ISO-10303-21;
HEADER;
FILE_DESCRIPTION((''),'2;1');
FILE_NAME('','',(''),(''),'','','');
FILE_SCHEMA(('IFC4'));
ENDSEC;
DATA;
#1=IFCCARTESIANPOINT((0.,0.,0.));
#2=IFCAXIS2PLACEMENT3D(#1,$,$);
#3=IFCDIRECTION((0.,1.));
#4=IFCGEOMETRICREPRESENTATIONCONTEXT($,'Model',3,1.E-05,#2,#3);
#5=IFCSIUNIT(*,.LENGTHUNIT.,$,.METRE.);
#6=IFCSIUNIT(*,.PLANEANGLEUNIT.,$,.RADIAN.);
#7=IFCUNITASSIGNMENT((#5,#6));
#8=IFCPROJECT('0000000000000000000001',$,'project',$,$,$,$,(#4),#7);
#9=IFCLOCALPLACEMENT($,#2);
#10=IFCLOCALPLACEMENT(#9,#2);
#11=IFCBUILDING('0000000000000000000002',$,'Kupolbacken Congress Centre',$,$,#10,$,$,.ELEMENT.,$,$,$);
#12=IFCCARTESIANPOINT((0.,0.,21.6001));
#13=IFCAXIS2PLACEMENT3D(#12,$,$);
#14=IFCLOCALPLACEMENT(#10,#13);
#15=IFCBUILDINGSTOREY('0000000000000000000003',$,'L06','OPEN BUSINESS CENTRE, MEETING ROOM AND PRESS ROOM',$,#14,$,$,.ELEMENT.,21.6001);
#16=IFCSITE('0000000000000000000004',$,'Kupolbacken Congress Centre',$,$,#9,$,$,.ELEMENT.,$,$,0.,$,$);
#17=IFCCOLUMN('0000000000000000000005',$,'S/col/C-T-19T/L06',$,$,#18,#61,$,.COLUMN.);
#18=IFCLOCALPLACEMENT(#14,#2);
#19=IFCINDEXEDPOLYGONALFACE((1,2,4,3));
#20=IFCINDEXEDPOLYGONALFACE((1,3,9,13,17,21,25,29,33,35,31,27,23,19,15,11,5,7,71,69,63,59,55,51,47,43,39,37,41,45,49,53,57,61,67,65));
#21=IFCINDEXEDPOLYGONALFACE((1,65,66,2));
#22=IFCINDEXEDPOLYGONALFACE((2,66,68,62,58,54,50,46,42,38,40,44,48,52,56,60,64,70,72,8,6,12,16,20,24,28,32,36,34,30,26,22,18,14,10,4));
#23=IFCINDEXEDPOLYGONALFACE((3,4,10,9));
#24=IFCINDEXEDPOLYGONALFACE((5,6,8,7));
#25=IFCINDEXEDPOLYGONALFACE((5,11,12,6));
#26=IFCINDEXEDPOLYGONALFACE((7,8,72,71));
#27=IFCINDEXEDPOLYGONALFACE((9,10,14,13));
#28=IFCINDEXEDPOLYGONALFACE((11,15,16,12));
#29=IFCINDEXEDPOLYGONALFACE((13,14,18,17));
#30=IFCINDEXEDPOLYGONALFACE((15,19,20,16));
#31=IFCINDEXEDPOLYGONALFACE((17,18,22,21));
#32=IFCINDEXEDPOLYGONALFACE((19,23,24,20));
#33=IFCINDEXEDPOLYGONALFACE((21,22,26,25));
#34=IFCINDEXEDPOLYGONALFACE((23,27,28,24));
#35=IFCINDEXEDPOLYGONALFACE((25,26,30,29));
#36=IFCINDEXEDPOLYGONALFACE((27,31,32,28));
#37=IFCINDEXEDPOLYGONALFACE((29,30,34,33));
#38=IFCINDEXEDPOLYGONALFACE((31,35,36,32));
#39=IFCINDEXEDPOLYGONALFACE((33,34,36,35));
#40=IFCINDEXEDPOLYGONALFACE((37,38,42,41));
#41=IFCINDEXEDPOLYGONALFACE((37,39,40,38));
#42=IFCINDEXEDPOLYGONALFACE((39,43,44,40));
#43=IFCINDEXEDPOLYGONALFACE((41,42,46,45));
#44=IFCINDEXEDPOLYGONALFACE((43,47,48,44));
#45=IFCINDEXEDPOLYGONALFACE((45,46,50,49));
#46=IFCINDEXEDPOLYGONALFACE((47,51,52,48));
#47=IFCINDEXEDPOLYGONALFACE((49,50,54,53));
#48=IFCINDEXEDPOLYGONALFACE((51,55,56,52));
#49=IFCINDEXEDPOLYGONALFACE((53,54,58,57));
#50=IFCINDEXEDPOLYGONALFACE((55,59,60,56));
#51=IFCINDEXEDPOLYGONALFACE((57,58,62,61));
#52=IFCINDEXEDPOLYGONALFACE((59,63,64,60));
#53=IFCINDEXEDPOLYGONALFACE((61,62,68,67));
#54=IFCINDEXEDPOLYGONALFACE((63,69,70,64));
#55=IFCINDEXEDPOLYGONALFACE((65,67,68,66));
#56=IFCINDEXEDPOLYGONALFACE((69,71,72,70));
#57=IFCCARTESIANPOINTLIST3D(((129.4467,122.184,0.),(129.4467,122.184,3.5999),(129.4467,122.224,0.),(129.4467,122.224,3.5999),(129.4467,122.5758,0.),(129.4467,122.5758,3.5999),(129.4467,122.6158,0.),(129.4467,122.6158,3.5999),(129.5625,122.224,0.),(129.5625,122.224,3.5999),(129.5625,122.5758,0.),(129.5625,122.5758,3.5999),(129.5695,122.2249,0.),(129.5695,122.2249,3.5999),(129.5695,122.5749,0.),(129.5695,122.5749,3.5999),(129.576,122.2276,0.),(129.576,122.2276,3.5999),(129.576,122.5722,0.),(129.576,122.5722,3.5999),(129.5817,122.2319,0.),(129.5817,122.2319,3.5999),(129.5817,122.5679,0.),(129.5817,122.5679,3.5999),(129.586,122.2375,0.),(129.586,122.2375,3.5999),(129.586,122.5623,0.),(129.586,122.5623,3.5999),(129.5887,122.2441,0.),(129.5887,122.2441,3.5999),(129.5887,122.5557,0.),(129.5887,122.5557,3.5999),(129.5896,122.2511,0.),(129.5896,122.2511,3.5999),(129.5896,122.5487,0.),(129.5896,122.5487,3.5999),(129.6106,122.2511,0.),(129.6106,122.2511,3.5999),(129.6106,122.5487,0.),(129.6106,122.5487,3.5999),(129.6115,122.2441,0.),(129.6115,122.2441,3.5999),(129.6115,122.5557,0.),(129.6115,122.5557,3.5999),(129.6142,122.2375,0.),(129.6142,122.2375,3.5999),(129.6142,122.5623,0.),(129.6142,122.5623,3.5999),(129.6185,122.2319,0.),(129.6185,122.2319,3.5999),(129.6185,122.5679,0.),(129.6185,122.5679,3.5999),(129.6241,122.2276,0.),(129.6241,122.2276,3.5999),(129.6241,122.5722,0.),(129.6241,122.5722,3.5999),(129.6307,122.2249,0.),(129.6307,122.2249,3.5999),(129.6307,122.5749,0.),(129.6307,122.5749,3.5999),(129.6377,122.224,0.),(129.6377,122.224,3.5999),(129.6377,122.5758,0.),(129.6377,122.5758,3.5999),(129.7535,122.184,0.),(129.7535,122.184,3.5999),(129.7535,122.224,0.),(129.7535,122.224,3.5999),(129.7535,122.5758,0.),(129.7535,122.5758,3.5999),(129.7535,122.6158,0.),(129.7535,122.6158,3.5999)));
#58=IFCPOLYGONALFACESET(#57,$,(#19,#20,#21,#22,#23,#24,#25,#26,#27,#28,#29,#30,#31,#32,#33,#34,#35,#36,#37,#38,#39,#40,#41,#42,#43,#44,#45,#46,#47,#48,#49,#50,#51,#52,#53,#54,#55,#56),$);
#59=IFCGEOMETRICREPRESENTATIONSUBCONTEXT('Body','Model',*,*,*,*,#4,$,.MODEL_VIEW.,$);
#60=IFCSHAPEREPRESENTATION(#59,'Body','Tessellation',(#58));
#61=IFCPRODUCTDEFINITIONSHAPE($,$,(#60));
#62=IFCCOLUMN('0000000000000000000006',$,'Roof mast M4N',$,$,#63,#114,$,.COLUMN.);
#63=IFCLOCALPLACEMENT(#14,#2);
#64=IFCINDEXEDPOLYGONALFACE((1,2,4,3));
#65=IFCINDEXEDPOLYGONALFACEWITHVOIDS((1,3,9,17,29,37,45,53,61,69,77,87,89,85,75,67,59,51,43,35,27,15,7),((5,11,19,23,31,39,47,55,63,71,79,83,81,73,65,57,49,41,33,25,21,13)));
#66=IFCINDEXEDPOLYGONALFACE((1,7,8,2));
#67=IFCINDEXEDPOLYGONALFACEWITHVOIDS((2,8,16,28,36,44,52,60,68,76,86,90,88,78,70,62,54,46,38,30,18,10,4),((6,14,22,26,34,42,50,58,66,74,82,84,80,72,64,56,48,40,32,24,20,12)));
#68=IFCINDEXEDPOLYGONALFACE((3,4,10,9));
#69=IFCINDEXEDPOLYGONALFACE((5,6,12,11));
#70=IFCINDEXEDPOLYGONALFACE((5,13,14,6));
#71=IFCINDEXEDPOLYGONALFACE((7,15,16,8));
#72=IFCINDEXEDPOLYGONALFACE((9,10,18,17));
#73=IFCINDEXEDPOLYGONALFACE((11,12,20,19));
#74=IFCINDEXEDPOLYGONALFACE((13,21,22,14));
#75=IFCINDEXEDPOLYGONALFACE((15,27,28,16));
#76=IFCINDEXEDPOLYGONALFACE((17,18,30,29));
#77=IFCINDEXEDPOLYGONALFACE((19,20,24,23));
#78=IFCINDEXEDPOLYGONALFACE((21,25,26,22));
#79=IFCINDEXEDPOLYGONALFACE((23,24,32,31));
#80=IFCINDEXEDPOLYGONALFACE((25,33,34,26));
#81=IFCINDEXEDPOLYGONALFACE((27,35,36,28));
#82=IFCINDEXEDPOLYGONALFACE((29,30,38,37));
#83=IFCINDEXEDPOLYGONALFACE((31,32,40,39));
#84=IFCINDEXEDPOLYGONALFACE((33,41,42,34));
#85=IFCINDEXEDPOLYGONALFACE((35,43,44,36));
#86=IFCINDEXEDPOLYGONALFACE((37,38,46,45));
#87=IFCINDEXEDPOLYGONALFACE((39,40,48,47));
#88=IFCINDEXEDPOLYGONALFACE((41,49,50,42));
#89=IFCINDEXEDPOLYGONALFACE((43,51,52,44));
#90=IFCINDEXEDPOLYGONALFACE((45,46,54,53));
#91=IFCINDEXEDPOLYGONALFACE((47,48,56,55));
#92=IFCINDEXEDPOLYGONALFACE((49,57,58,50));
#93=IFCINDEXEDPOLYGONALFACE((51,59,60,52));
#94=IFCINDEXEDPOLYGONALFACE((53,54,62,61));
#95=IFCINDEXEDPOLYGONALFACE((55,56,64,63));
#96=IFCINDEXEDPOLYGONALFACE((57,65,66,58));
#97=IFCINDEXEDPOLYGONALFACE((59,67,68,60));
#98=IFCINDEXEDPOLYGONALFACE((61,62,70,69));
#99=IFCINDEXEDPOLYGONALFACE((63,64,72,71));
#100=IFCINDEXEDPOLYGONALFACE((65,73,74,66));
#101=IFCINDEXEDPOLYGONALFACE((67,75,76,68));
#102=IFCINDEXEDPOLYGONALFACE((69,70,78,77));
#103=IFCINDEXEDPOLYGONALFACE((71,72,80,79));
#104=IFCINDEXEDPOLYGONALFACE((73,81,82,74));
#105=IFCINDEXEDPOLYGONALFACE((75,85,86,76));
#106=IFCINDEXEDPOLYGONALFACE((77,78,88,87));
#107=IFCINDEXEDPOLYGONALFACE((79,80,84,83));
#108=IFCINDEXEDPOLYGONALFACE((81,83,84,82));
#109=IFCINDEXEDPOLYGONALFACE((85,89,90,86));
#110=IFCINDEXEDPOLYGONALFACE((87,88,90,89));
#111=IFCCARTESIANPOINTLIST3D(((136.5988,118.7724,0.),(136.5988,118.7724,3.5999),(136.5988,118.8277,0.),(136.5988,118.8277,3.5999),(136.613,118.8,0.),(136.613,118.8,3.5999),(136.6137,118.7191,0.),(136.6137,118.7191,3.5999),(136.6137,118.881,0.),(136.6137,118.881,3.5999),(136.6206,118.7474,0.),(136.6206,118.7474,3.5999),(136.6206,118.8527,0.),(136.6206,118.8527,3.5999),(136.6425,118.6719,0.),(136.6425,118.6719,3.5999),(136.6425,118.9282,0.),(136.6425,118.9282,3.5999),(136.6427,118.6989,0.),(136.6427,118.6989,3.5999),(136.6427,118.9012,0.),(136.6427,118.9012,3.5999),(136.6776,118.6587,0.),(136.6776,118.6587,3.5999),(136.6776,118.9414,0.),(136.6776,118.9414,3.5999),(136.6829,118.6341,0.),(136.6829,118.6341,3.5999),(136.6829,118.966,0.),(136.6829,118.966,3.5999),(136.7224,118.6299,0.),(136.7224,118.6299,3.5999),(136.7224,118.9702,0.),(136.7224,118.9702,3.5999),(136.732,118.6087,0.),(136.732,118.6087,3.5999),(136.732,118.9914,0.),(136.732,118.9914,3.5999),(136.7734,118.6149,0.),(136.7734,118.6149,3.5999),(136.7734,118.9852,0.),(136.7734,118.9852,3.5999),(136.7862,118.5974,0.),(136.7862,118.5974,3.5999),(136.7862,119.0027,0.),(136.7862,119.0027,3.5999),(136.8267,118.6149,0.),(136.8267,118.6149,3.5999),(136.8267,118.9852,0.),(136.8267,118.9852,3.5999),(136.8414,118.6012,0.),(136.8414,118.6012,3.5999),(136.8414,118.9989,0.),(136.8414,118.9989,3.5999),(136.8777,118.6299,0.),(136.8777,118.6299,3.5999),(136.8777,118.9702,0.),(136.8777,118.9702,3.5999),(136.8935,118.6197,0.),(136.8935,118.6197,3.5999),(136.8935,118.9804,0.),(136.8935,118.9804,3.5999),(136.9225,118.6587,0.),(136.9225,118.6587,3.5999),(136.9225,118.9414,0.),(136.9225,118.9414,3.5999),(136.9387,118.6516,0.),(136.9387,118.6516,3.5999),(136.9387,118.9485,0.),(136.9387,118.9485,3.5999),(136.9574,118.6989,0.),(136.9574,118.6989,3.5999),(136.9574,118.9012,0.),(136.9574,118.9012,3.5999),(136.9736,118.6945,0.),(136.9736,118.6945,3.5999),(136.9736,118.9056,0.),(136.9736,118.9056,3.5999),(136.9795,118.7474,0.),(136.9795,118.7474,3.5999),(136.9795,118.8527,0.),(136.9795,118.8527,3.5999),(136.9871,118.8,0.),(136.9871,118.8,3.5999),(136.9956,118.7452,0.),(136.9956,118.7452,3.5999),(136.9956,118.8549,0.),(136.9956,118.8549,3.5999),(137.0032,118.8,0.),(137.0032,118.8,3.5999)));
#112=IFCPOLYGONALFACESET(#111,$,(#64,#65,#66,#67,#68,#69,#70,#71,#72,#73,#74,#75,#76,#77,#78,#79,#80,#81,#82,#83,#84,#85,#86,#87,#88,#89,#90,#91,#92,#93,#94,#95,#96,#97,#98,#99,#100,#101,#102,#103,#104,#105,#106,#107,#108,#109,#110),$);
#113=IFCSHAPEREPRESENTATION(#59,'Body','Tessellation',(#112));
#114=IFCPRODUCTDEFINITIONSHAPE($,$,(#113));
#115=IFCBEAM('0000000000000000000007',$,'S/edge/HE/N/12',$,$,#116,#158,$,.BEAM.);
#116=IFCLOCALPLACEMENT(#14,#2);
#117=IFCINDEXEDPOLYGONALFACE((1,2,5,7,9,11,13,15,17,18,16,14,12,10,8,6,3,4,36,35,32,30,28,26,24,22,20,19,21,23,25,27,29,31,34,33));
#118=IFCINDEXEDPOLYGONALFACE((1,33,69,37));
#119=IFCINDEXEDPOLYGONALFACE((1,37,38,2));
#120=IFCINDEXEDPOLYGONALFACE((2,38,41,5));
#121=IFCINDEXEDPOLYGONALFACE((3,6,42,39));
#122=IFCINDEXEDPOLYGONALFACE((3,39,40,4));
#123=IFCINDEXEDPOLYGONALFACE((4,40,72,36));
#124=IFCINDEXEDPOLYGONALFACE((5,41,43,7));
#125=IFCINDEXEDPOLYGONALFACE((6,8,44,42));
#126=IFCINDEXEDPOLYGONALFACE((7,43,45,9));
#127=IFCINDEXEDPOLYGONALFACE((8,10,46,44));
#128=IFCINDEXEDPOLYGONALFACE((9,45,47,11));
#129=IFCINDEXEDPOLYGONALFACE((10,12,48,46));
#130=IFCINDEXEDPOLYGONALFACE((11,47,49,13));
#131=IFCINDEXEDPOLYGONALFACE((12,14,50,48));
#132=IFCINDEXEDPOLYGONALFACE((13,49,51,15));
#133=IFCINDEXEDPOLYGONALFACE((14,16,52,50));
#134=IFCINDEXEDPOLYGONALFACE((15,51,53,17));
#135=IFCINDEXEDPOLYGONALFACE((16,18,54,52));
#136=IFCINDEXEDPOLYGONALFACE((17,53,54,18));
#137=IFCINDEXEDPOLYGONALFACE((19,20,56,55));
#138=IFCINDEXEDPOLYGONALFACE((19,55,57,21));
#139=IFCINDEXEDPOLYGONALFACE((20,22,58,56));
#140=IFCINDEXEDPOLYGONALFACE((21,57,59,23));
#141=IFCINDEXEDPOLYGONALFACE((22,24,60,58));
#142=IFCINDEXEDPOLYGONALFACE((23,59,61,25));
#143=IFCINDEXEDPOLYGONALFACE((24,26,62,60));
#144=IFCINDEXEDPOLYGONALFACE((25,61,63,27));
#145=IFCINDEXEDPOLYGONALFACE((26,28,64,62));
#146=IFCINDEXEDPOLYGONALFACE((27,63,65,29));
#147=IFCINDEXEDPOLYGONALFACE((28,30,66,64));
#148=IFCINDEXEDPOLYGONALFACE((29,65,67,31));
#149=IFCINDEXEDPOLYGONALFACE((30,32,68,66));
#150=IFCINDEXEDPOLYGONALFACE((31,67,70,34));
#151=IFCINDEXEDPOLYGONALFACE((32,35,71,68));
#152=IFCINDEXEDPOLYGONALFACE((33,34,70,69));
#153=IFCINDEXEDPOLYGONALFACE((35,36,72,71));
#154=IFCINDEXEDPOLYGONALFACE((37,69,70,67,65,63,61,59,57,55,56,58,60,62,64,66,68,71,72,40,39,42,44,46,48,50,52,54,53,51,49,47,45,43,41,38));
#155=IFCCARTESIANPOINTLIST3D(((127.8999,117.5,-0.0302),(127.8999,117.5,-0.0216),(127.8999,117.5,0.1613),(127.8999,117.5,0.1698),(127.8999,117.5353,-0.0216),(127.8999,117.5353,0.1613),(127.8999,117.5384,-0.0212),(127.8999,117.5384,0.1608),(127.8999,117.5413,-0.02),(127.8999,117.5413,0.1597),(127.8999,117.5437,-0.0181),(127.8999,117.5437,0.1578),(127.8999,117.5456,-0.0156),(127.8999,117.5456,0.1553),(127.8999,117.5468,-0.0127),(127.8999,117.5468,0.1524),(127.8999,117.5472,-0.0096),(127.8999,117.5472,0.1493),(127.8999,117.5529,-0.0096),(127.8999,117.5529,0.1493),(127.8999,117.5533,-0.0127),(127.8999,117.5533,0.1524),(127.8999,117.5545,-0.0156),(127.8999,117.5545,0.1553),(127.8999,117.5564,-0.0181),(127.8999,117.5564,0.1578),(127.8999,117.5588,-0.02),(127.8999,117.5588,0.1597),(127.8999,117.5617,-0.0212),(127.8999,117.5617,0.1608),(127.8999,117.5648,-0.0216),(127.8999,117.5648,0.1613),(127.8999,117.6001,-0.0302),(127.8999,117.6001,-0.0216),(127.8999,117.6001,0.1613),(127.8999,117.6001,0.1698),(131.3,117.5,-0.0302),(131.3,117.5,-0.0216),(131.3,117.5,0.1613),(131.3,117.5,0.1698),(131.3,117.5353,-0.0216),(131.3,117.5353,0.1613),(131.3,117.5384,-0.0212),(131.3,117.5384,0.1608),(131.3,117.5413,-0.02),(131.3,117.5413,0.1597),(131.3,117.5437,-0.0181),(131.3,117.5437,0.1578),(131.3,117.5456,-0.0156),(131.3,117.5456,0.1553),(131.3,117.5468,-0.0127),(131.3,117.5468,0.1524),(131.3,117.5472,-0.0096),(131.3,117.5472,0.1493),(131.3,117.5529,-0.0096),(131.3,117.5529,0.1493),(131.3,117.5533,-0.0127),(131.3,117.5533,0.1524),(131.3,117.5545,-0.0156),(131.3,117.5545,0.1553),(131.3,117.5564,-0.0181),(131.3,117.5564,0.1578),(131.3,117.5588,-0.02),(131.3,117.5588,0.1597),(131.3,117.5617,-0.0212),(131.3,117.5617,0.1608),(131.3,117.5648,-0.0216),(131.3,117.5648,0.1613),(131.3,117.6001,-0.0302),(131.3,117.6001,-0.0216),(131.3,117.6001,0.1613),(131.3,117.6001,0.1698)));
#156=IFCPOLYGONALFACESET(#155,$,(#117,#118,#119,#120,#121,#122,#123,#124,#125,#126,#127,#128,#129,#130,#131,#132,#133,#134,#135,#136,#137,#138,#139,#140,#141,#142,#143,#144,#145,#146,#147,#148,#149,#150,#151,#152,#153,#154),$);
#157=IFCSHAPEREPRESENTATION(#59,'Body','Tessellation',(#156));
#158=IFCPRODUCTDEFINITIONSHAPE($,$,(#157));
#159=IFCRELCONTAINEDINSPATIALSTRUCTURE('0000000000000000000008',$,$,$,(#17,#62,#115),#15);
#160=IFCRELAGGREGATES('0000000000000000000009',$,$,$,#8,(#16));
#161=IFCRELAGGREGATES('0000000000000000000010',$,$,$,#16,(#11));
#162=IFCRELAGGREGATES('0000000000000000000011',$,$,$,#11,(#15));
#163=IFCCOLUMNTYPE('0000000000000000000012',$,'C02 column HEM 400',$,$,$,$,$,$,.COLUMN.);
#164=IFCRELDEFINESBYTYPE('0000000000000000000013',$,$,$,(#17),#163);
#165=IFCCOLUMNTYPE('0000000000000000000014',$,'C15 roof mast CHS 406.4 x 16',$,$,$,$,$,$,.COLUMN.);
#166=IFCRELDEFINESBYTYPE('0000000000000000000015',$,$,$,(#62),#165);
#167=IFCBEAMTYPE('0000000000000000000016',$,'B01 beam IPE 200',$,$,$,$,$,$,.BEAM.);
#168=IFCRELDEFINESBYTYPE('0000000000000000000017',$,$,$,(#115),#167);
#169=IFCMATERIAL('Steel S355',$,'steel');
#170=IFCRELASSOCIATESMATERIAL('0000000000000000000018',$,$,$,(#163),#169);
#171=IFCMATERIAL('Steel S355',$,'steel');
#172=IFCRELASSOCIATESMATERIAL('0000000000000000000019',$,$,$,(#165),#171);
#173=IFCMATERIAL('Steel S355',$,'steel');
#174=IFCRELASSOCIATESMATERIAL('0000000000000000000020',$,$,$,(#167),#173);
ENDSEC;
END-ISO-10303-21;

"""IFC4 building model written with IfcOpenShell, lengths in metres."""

from ifc_helpers import new_model, si_unit, direction, frame, origin, origin_2d, place, context, subcontext, project, spatial, hollow_circle, i_section, extrude, material, material_profile, profile_set, type_object, element, save


model = new_model("IFC4")

# Units and contexts
model_context = context("Model", 3, precision=1e-05, world=origin(), true_north=direction((0.0, 1.0)))
body_context = subcontext(model_context, "Body", "Model", "MODEL_VIEW")
ifc_project = project(units=[si_unit("LENGTHUNIT", "METRE"), si_unit("PLANEANGLEUNIT", "RADIAN")], contexts=[model_context])

# Site, building, storey
site_placement = place(None, origin())
site = spatial("IfcSite", under=ifc_project, at=site_placement, Name="Kupolbacken Congress Centre", CompositionType="ELEMENT", RefElevation=0.0)
building_placement = place(site_placement, origin())
building = spatial("IfcBuilding", under=site, at=building_placement, Name="Kupolbacken Congress Centre", CompositionType="ELEMENT")
storey_placement = place(building_placement, frame((0.0, 0.0, 21.6001)))
storey = spatial("IfcBuildingStorey", under=building, at=storey_placement, Name="L06", Description="OPEN BUSINESS CENTRE, MEETING ROOM AND PRESS ROOM", CompositionType="ELEMENT", Elevation=21.6001)

# Columns
ifc_material_1 = material(Name="Steel S355", Category="steel")
ifc_material_profile_1 = material_profile(ifc_material_1, i_section(OverallWidth=0.3069, OverallDepth=0.4319, WebThickness=0.021, FlangeThickness=0.04, FilletRadius=0.0271, at=origin_2d()), Name="HEM 400")
ifc_profile_set_1 = profile_set([ifc_material_profile_1], Name="Steel S355")
column_type_1 = type_object("IfcColumnType", Name="C02 column HEM 400", PredefinedType="COLUMN", material=ifc_profile_set_1)
column_1_placement = place(storey_placement, frame((129.6001, 122.3999, 0.0), z_axis=(0.0, 0.0, 1.0), x_axis=(1.0, 0.0, 0.0)))
element("IfcColumn", 1, at=column_1_placement, inside=storey, type_object=column_type_1, Name="S/col/C-T-19T/L06", PredefinedType="COLUMN", context=body_context, shape_type="SweptSolid", body=[
    extrude(i_section(OverallWidth=0.3069, OverallDepth=0.4319, WebThickness=0.021, FlangeThickness=0.04, FilletRadius=0.0271, at=origin_2d()), origin(), (0.0, 0.0, 1.0), 3.5999),
])
ifc_material_2 = material(Name="Steel S355", Category="steel")
ifc_material_profile_2 = material_profile(ifc_material_2, hollow_circle(Radius=0.2031, WallThickness=0.0161, at=origin_2d()), Name="CHS 406.4 x 16")
ifc_profile_set_2 = profile_set([ifc_material_profile_2], Name="Steel S355")
column_type_2 = type_object("IfcColumnType", Name="C15 roof mast CHS 406.4 x 16", PredefinedType="COLUMN", material=ifc_profile_set_2)
column_2_placement = place(storey_placement, frame((136.8, 118.8, 0.0), z_axis=(0.0, 0.0, 1.0), x_axis=(1.0, 0.0, 0.0)))
element("IfcColumn", 2, at=column_2_placement, inside=storey, type_object=column_type_2, Name="Roof mast M4N", PredefinedType="COLUMN", context=body_context, shape_type="SweptSolid", body=[
    extrude(hollow_circle(Radius=0.2031, WallThickness=0.0161, at=origin_2d()), origin(), (0.0, 0.0, 1.0), 3.5999),
])

# Beam
ifc_material_3 = material(Name="Steel S355", Category="steel")
ifc_material_profile_3 = material_profile(ifc_material_3, i_section(OverallWidth=0.1001, OverallDepth=0.2, WebThickness=0.0056, FlangeThickness=0.0085, FilletRadius=0.012, at=origin_2d()), Name="IPE 200")
ifc_profile_set_3 = profile_set([ifc_material_profile_3], Name="Steel S355")
beam_type_1 = type_object("IfcBeamType", Name="B01 beam IPE 200", PredefinedType="BEAM", material=ifc_profile_set_3)
beam_1_placement = place(storey_placement, frame((127.8999, 117.55, 0.0698), z_axis=(1.0, 0.0, 0.0), x_axis=(0.0, 1.0, 0.0)))
element("IfcBeam", 3, at=beam_1_placement, inside=storey, type_object=beam_type_1, Name="S/edge/HE/N/12", PredefinedType="BEAM", context=body_context, shape_type="SweptSolid", body=[
    extrude(i_section(OverallWidth=0.1001, OverallDepth=0.2, WebThickness=0.0056, FlangeThickness=0.0085, FilletRadius=0.012, at=origin_2d()), origin(), (0.0, 0.0, 1.0), 3.4001),
])

save(model, "model.ifc")
